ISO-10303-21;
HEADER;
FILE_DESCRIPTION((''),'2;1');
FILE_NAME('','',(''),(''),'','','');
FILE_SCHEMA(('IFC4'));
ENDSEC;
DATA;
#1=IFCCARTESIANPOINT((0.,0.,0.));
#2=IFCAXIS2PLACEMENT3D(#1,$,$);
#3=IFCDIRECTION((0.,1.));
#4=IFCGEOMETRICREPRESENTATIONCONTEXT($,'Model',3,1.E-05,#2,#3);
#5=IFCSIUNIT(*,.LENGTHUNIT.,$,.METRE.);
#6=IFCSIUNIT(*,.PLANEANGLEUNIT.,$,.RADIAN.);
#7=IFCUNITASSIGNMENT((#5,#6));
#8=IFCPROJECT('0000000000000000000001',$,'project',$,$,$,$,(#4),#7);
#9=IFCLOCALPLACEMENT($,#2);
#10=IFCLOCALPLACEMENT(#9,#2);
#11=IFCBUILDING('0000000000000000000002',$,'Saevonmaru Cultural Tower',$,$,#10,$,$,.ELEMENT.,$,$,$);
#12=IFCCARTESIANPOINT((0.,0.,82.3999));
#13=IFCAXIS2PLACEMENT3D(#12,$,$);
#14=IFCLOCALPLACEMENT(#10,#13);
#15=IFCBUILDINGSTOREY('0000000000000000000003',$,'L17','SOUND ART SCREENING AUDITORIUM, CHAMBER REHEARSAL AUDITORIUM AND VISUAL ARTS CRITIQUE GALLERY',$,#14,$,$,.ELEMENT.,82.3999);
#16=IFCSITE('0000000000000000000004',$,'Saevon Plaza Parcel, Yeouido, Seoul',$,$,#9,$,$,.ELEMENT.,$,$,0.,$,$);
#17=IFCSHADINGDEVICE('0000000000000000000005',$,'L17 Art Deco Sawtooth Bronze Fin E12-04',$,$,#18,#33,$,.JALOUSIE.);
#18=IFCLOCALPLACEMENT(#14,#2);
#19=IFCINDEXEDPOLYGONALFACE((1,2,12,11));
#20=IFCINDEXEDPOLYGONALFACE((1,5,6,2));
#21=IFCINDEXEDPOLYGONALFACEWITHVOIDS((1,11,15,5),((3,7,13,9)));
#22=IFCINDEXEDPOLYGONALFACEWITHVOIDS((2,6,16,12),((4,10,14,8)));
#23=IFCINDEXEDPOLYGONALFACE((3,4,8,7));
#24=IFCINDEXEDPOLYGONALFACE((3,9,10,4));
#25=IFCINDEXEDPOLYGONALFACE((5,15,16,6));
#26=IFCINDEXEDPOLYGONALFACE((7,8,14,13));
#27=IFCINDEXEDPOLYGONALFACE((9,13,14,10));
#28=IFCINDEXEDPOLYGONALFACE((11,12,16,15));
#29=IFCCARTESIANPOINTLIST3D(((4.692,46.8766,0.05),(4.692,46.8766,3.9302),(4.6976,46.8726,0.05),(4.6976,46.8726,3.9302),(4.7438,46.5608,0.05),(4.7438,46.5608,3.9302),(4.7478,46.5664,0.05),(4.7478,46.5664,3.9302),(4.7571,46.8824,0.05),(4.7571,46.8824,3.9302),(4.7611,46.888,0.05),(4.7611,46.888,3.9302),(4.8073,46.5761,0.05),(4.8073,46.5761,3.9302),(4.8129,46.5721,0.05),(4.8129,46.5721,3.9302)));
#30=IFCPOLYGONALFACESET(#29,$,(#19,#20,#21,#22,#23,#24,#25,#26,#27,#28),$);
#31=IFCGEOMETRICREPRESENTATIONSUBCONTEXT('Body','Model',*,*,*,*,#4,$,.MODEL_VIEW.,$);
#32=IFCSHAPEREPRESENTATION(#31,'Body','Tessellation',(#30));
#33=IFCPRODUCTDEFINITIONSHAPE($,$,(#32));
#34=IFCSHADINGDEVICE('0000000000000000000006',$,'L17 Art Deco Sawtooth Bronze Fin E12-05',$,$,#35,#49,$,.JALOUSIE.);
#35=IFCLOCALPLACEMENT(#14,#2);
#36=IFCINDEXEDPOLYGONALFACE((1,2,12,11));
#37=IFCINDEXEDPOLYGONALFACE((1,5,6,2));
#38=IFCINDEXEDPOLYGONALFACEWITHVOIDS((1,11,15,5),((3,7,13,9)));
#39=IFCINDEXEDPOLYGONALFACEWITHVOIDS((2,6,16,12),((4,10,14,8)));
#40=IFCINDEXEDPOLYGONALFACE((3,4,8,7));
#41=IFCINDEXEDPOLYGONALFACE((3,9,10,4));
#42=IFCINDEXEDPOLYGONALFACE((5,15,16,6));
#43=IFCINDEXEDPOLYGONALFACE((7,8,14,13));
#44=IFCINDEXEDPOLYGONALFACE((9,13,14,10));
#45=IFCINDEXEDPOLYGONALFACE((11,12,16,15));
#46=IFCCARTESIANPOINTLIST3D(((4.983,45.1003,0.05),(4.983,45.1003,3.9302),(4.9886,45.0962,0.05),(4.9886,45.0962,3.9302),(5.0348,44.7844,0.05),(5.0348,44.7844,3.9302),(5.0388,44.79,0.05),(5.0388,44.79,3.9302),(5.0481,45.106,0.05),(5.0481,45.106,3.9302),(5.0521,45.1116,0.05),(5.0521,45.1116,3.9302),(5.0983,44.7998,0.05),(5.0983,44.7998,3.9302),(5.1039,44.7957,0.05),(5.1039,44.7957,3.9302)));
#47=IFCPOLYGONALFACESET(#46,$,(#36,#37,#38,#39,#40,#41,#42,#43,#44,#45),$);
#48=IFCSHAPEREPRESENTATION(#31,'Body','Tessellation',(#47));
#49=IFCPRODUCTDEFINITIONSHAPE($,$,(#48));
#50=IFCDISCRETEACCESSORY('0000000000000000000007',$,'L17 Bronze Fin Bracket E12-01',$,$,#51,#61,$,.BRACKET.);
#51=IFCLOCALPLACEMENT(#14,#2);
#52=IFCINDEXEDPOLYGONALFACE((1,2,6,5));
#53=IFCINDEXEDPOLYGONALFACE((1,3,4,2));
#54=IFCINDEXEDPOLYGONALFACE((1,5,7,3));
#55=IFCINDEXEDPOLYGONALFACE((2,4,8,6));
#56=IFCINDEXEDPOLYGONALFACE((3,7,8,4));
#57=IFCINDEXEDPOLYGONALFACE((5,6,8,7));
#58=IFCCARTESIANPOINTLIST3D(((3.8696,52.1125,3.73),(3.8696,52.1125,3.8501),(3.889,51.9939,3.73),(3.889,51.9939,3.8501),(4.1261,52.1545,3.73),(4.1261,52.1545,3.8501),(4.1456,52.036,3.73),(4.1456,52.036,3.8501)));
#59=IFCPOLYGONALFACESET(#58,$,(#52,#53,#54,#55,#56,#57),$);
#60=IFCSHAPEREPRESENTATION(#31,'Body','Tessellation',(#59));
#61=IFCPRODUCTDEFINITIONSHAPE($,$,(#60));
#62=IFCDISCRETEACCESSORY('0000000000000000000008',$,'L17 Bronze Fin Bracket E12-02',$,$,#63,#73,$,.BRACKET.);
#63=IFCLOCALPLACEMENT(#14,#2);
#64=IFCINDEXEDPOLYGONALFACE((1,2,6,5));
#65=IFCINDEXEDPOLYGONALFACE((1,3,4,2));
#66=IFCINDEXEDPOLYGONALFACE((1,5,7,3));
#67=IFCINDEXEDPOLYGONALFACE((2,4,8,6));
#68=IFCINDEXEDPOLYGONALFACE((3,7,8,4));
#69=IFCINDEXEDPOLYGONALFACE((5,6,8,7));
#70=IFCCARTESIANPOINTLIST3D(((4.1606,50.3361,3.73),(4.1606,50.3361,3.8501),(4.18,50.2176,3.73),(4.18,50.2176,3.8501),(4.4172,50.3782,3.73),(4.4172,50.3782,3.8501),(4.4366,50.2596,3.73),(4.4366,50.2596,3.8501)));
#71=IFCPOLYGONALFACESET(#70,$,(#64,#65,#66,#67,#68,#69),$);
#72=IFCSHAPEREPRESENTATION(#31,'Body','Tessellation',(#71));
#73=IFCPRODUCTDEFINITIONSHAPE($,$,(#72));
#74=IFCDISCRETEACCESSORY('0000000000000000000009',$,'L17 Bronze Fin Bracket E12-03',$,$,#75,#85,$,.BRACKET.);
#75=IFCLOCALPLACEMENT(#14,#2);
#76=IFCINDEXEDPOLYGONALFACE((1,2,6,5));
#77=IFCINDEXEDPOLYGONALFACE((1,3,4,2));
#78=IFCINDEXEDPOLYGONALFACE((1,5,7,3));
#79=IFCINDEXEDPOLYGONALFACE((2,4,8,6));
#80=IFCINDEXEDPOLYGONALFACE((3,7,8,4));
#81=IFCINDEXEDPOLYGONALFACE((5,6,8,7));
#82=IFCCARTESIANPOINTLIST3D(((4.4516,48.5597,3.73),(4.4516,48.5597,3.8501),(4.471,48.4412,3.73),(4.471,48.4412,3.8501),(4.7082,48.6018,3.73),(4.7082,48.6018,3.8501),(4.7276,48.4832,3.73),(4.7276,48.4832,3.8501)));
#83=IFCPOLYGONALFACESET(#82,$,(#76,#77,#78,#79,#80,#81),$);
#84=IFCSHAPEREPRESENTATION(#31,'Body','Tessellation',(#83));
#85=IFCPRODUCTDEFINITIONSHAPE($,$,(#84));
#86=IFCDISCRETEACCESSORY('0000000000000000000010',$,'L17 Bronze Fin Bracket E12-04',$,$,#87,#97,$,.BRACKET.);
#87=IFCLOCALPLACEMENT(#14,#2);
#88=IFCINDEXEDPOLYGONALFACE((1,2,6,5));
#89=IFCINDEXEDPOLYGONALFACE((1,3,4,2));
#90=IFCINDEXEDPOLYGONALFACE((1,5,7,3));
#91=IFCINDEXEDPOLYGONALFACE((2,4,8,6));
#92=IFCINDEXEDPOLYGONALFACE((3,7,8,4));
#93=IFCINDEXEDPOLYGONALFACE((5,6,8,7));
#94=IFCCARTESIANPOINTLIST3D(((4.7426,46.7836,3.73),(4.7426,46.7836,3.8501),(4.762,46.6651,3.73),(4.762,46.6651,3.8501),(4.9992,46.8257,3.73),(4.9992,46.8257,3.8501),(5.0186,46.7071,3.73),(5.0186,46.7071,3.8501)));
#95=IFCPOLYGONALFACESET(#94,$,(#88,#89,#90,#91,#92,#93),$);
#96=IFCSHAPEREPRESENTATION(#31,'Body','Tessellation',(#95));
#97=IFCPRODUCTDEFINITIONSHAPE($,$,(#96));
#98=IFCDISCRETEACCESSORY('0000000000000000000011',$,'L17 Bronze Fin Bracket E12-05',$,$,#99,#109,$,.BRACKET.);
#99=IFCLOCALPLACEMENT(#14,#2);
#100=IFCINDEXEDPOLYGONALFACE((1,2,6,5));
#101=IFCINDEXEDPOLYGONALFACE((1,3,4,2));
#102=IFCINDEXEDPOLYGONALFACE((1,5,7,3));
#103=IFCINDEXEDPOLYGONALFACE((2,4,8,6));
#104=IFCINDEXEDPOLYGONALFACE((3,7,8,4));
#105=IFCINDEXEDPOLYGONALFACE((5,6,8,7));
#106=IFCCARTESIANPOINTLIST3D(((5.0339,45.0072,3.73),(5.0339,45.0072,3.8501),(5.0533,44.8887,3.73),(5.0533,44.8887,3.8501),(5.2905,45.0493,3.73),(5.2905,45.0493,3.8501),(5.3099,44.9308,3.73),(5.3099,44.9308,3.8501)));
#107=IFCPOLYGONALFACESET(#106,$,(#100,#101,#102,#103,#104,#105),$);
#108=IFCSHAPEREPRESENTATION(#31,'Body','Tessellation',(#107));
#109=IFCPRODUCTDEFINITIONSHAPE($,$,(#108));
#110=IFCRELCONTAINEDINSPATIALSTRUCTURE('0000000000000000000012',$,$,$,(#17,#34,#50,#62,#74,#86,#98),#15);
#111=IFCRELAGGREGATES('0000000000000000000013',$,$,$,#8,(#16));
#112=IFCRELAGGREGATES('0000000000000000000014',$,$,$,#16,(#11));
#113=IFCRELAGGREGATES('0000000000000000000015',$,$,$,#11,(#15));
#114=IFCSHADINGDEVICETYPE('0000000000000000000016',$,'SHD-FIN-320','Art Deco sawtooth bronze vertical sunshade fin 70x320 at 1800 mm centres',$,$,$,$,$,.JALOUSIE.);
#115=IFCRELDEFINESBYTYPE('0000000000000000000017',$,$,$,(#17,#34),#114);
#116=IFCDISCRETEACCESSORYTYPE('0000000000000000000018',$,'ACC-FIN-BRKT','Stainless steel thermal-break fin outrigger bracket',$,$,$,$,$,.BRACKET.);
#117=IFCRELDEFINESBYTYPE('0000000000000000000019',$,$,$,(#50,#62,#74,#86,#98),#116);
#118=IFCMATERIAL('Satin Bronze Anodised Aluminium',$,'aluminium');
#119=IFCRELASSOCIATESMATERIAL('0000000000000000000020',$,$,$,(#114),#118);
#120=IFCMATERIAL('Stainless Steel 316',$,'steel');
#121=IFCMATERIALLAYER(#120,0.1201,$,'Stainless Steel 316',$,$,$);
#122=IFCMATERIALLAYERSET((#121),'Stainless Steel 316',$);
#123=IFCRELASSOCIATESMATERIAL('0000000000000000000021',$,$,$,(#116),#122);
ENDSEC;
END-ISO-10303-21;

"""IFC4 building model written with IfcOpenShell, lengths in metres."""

from ifc_helpers import new_model, si_unit, direction, frame, origin, origin_2d, place, context, subcontext, project, spatial, rectangle, hollow_rectangle, extrude, material, layer, layer_set, material_profile, profile_set, type_object, element, save


model = new_model("IFC4")

# Units and contexts
model_context = context("Model", 3, precision=1e-05, world=origin(), true_north=direction((0.0, 1.0)))
body_context = subcontext(model_context, "Body", "Model", "MODEL_VIEW")
ifc_project = project(units=[si_unit("LENGTHUNIT", "METRE"), si_unit("PLANEANGLEUNIT", "RADIAN")], contexts=[model_context])

# Site, building, storey
site_placement = place(None, origin())
site = spatial("IfcSite", under=ifc_project, at=site_placement, Name="Saevon Plaza Parcel, Yeouido, Seoul", CompositionType="ELEMENT", RefElevation=0.0)
building_placement = place(site_placement, origin())
building = spatial("IfcBuilding", under=site, at=building_placement, Name="Saevonmaru Cultural Tower", CompositionType="ELEMENT")
storey_placement = place(building_placement, frame((0.0, 0.0, 82.3999)))
storey = spatial("IfcBuildingStorey", under=building, at=storey_placement, Name="L17", Description="SOUND ART SCREENING AUDITORIUM, CHAMBER REHEARSAL AUDITORIUM AND VISUAL ARTS CRITIQUE GALLERY", CompositionType="ELEMENT", Elevation=82.3999)

# Shared definitions
ifc_material_1 = material(Name="Satin Bronze Anodised Aluminium", Category="aluminium")

# Shading devices
ifc_material_profile_1 = material_profile(ifc_material_1, hollow_rectangle(XDim=0.0701, YDim=0.3201, WallThickness=0.0049, at=origin_2d()), Name="FIN-320x70")
ifc_profile_set_1 = profile_set([ifc_material_profile_1], Name="Satin Bronze Anodised Aluminium")
shading_device_type = type_object("IfcShadingDeviceType", Name="SHD-FIN-320", Description="Art Deco sawtooth bronze vertical sunshade fin 70x320 at 1800 mm centres", PredefinedType="JALOUSIE", material=ifc_profile_set_1)
for number, where, z_axis, x_axis, name in (
    (1, (4.7524, 46.7244, 0.05), (0.0, 0.0, 1.0), (-0.986827, -0.161776, 0.0), "L17 Art Deco Sawtooth Bronze Fin E12-04"),
    (2, (5.0435, 44.948, 0.05), (0.0, 0.0, 1.0), (-0.986827, -0.161776, 0.0), "L17 Art Deco Sawtooth Bronze Fin E12-05"),
):
    element("IfcShadingDevice", number, at=place(storey_placement, frame(where, z_axis=z_axis, x_axis=x_axis)), inside=storey, type_object=shading_device_type, Name=name, PredefinedType="JALOUSIE", context=body_context, shape_type="SweptSolid", body=[
        extrude(hollow_rectangle(XDim=0.0701, YDim=0.3201, WallThickness=0.0049, at=origin_2d()), origin(), (0.0, 0.0, 1.0), 3.8801),
    ])

# Discrete accessories
ifc_material_2 = material(Name="Stainless Steel 316", Category="steel")
ifc_layer_1 = layer(ifc_material_2, 0.1201, Name="Stainless Steel 316")
ifc_layer_set_1 = layer_set([ifc_layer_1], Name="Stainless Steel 316")
discrete_accessory_type = type_object("IfcDiscreteAccessoryType", Name="ACC-FIN-BRKT", Description="Stainless steel thermal-break fin outrigger bracket", PredefinedType="BRACKET", material=ifc_layer_set_1)
for number, where, z_axis, x_axis, name in (
    (3, (4.0076, 52.0742, 3.73), (0.0, 0.0, 1.0), (-0.986827, -0.161776, 0.0), "L17 Bronze Fin Bracket E12-01"),
    (4, (4.2986, 50.2979, 3.73), (0.0, 0.0, 1.0), (-0.986827, -0.161776, 0.0), "L17 Bronze Fin Bracket E12-02"),
    (5, (4.5896, 48.5215, 3.73), (0.0, 0.0, 1.0), (-0.986827, -0.161776, 0.0), "L17 Bronze Fin Bracket E12-03"),
    (6, (4.8806, 46.7454, 3.73), (0.0, 0.0, 1.0), (-0.986827, -0.161776, 0.0), "L17 Bronze Fin Bracket E12-04"),
    (7, (5.1719, 44.969, 3.73), (0.0, 0.0, 1.0), (-0.986827, -0.161776, 0.0), "L17 Bronze Fin Bracket E12-05"),
):
    element("IfcDiscreteAccessory", number, at=place(storey_placement, frame(where, z_axis=z_axis, x_axis=x_axis)), inside=storey, type_object=discrete_accessory_type, Name=name, PredefinedType="BRACKET", context=body_context, shape_type="SweptSolid", body=[
        extrude(rectangle(XDim=0.26, YDim=0.1201, at=origin_2d()), origin(), (0.0, 0.0, 1.0), 0.1201),
    ])

save(model, "model.ifc")
